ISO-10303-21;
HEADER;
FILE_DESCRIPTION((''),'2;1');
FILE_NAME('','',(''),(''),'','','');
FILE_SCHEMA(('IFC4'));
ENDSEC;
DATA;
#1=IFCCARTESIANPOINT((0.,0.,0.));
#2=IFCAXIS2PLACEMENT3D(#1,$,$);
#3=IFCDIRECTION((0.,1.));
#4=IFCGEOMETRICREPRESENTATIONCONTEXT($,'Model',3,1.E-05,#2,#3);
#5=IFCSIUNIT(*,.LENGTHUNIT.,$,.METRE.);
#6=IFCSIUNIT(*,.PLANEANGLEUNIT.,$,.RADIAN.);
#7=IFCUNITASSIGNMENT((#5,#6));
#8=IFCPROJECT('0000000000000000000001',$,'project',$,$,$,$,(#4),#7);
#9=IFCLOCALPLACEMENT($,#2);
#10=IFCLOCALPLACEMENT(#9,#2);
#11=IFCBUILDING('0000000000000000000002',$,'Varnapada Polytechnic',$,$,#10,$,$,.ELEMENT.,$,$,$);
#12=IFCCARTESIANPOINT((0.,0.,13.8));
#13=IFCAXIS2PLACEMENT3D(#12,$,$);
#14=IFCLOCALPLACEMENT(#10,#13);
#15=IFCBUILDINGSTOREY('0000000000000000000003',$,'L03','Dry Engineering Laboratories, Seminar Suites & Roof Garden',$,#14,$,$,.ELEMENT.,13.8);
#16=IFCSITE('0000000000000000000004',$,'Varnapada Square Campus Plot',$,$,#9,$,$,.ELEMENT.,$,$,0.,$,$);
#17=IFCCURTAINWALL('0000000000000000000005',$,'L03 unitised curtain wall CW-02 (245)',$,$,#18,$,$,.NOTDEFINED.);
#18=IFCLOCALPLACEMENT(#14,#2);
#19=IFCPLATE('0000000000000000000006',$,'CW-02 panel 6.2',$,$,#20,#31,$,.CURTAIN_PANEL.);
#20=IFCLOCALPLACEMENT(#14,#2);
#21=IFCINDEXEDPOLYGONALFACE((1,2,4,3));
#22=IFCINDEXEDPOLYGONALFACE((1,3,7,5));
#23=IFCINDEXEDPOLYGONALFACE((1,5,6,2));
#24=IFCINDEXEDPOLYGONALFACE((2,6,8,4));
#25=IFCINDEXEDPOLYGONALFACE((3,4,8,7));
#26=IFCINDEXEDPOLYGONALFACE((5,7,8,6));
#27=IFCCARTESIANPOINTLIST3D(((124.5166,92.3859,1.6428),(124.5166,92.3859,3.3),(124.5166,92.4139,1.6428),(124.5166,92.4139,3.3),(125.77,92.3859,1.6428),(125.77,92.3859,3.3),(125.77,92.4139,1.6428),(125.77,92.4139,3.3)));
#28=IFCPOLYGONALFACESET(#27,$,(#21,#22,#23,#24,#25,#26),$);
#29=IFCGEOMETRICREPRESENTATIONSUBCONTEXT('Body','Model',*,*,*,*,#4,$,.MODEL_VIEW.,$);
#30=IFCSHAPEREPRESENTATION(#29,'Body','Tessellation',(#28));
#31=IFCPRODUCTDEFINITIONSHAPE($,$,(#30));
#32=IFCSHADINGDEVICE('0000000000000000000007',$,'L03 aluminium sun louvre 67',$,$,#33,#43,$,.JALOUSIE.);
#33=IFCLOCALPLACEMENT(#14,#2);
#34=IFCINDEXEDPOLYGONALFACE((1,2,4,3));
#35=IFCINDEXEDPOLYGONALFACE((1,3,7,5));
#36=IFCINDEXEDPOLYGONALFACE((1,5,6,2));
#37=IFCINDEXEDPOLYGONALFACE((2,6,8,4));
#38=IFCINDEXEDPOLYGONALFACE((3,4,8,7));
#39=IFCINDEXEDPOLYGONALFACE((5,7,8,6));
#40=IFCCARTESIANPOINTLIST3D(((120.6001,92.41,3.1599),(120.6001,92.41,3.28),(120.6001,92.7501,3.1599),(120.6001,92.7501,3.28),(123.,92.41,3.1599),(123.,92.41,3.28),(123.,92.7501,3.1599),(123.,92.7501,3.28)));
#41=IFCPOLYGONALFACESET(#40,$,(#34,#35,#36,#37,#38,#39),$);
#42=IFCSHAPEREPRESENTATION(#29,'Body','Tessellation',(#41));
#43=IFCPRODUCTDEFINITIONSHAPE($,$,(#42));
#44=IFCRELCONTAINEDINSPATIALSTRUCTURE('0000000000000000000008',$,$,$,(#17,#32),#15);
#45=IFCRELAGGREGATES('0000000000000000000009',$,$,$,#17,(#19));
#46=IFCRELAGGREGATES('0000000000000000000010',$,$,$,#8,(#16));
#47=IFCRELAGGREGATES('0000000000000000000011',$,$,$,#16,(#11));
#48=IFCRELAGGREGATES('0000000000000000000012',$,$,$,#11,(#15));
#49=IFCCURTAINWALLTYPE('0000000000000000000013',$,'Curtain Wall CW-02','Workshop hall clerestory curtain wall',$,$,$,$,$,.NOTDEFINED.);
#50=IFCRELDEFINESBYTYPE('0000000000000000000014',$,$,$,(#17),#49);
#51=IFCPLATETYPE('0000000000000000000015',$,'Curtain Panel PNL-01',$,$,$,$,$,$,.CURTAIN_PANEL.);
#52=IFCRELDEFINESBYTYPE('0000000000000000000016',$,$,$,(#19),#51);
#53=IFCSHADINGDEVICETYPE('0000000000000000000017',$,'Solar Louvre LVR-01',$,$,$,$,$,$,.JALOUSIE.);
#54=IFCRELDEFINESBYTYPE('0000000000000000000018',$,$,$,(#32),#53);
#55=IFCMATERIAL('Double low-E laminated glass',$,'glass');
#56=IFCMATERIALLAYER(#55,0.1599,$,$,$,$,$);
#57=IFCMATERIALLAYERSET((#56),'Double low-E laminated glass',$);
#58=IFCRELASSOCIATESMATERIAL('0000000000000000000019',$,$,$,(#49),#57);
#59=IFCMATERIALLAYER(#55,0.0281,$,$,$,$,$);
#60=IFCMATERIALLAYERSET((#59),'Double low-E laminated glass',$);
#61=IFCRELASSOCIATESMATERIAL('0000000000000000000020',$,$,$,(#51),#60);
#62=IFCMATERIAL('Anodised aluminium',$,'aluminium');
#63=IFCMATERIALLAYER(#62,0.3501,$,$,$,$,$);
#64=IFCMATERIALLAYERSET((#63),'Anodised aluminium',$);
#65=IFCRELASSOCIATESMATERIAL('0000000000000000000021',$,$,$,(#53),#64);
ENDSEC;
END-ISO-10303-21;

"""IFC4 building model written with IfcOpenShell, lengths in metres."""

from ifc_helpers import new_model, si_unit, direction, frame, origin, origin_2d, place, context, subcontext, project, spatial, rectangle, extrude, material, layer, layer_set, type_object, element, aggregate, save


model = new_model("IFC4")

# Units and contexts
model_context = context("Model", 3, precision=1e-05, world=origin(), true_north=direction((0.0, 1.0)))
body_context = subcontext(model_context, "Body", "Model", "MODEL_VIEW")
ifc_project = project(units=[si_unit("LENGTHUNIT", "METRE"), si_unit("PLANEANGLEUNIT", "RADIAN")], contexts=[model_context])

# Site, building, storey
site_placement = place(None, origin())
site = spatial("IfcSite", under=ifc_project, at=site_placement, Name="Varnapada Square Campus Plot", CompositionType="ELEMENT", RefElevation=0.0)
building_placement = place(site_placement, origin())
building = spatial("IfcBuilding", under=site, at=building_placement, Name="Varnapada Polytechnic", CompositionType="ELEMENT")
storey_placement = place(building_placement, frame((0.0, 0.0, 13.8)))
storey = spatial("IfcBuildingStorey", under=building, at=storey_placement, Name="L03", Description="Dry Engineering Laboratories, Seminar Suites & Roof Garden", CompositionType="ELEMENT", Elevation=13.8)

# Curtain wall, plate
ifc_material_1 = material(Name="Double low-E laminated glass", Category="glass")
ifc_layer_1 = layer(ifc_material_1, 0.1599)
ifc_layer_set_1 = layer_set([ifc_layer_1], Name="Double low-E laminated glass")
curtain_wall_type = type_object("IfcCurtainWallType", Name="Curtain Wall CW-02", Description="Workshop hall clerestory curtain wall", PredefinedType="NOTDEFINED", material=ifc_layer_set_1)
curtain_wall_placement = place(storey_placement, origin())
curtain_wall = element("IfcCurtainWall", 1, at=curtain_wall_placement, inside=storey, type_object=curtain_wall_type, Name="L03 unitised curtain wall CW-02 (245)", PredefinedType="NOTDEFINED")
ifc_layer_2 = layer(ifc_material_1, 0.0281)
ifc_layer_set_2 = layer_set([ifc_layer_2], Name="Double low-E laminated glass")
plate_type = type_object("IfcPlateType", Name="Curtain Panel PNL-01", PredefinedType="CURTAIN_PANEL", material=ifc_layer_set_2)
plate_placement = place(storey_placement, frame((125.1433, 92.3999, 1.6428), z_axis=(0.0, 0.0, 1.0), x_axis=(1.0, 0.0, 0.0)))
plate = element("IfcPlate", 2, at=plate_placement, type_object=plate_type, Name="CW-02 panel 6.2", PredefinedType="CURTAIN_PANEL", context=body_context, shape_type="SweptSolid", body=[
    extrude(rectangle(XDim=1.2534, YDim=0.0281, at=origin_2d()), origin(), (0.0, 0.0, 1.0), 1.6572),
])
aggregate(curtain_wall, [plate])

# Shading device
ifc_material_2 = material(Name="Anodised aluminium", Category="aluminium")
ifc_layer_3 = layer(ifc_material_2, 0.3501)
ifc_layer_set_3 = layer_set([ifc_layer_3], Name="Anodised aluminium")
shading_device_type_1 = type_object("IfcShadingDeviceType", Name="Solar Louvre LVR-01", PredefinedType="JALOUSIE", material=ifc_layer_set_3)
shading_device_1_placement = place(storey_placement, frame((121.8, 92.5801, 3.1599), z_axis=(0.0, 0.0, 1.0), x_axis=(1.0, 0.0, 0.0)))
element("IfcShadingDevice", 3, at=shading_device_1_placement, inside=storey, type_object=shading_device_type_1, Name="L03 aluminium sun louvre 67", PredefinedType="JALOUSIE", context=body_context, shape_type="SweptSolid", body=[
    extrude(rectangle(XDim=2.3999, YDim=0.3401, at=origin_2d()), origin(), (0.0, 0.0, 1.0), 0.1201),
])

save(model, "model.ifc")
